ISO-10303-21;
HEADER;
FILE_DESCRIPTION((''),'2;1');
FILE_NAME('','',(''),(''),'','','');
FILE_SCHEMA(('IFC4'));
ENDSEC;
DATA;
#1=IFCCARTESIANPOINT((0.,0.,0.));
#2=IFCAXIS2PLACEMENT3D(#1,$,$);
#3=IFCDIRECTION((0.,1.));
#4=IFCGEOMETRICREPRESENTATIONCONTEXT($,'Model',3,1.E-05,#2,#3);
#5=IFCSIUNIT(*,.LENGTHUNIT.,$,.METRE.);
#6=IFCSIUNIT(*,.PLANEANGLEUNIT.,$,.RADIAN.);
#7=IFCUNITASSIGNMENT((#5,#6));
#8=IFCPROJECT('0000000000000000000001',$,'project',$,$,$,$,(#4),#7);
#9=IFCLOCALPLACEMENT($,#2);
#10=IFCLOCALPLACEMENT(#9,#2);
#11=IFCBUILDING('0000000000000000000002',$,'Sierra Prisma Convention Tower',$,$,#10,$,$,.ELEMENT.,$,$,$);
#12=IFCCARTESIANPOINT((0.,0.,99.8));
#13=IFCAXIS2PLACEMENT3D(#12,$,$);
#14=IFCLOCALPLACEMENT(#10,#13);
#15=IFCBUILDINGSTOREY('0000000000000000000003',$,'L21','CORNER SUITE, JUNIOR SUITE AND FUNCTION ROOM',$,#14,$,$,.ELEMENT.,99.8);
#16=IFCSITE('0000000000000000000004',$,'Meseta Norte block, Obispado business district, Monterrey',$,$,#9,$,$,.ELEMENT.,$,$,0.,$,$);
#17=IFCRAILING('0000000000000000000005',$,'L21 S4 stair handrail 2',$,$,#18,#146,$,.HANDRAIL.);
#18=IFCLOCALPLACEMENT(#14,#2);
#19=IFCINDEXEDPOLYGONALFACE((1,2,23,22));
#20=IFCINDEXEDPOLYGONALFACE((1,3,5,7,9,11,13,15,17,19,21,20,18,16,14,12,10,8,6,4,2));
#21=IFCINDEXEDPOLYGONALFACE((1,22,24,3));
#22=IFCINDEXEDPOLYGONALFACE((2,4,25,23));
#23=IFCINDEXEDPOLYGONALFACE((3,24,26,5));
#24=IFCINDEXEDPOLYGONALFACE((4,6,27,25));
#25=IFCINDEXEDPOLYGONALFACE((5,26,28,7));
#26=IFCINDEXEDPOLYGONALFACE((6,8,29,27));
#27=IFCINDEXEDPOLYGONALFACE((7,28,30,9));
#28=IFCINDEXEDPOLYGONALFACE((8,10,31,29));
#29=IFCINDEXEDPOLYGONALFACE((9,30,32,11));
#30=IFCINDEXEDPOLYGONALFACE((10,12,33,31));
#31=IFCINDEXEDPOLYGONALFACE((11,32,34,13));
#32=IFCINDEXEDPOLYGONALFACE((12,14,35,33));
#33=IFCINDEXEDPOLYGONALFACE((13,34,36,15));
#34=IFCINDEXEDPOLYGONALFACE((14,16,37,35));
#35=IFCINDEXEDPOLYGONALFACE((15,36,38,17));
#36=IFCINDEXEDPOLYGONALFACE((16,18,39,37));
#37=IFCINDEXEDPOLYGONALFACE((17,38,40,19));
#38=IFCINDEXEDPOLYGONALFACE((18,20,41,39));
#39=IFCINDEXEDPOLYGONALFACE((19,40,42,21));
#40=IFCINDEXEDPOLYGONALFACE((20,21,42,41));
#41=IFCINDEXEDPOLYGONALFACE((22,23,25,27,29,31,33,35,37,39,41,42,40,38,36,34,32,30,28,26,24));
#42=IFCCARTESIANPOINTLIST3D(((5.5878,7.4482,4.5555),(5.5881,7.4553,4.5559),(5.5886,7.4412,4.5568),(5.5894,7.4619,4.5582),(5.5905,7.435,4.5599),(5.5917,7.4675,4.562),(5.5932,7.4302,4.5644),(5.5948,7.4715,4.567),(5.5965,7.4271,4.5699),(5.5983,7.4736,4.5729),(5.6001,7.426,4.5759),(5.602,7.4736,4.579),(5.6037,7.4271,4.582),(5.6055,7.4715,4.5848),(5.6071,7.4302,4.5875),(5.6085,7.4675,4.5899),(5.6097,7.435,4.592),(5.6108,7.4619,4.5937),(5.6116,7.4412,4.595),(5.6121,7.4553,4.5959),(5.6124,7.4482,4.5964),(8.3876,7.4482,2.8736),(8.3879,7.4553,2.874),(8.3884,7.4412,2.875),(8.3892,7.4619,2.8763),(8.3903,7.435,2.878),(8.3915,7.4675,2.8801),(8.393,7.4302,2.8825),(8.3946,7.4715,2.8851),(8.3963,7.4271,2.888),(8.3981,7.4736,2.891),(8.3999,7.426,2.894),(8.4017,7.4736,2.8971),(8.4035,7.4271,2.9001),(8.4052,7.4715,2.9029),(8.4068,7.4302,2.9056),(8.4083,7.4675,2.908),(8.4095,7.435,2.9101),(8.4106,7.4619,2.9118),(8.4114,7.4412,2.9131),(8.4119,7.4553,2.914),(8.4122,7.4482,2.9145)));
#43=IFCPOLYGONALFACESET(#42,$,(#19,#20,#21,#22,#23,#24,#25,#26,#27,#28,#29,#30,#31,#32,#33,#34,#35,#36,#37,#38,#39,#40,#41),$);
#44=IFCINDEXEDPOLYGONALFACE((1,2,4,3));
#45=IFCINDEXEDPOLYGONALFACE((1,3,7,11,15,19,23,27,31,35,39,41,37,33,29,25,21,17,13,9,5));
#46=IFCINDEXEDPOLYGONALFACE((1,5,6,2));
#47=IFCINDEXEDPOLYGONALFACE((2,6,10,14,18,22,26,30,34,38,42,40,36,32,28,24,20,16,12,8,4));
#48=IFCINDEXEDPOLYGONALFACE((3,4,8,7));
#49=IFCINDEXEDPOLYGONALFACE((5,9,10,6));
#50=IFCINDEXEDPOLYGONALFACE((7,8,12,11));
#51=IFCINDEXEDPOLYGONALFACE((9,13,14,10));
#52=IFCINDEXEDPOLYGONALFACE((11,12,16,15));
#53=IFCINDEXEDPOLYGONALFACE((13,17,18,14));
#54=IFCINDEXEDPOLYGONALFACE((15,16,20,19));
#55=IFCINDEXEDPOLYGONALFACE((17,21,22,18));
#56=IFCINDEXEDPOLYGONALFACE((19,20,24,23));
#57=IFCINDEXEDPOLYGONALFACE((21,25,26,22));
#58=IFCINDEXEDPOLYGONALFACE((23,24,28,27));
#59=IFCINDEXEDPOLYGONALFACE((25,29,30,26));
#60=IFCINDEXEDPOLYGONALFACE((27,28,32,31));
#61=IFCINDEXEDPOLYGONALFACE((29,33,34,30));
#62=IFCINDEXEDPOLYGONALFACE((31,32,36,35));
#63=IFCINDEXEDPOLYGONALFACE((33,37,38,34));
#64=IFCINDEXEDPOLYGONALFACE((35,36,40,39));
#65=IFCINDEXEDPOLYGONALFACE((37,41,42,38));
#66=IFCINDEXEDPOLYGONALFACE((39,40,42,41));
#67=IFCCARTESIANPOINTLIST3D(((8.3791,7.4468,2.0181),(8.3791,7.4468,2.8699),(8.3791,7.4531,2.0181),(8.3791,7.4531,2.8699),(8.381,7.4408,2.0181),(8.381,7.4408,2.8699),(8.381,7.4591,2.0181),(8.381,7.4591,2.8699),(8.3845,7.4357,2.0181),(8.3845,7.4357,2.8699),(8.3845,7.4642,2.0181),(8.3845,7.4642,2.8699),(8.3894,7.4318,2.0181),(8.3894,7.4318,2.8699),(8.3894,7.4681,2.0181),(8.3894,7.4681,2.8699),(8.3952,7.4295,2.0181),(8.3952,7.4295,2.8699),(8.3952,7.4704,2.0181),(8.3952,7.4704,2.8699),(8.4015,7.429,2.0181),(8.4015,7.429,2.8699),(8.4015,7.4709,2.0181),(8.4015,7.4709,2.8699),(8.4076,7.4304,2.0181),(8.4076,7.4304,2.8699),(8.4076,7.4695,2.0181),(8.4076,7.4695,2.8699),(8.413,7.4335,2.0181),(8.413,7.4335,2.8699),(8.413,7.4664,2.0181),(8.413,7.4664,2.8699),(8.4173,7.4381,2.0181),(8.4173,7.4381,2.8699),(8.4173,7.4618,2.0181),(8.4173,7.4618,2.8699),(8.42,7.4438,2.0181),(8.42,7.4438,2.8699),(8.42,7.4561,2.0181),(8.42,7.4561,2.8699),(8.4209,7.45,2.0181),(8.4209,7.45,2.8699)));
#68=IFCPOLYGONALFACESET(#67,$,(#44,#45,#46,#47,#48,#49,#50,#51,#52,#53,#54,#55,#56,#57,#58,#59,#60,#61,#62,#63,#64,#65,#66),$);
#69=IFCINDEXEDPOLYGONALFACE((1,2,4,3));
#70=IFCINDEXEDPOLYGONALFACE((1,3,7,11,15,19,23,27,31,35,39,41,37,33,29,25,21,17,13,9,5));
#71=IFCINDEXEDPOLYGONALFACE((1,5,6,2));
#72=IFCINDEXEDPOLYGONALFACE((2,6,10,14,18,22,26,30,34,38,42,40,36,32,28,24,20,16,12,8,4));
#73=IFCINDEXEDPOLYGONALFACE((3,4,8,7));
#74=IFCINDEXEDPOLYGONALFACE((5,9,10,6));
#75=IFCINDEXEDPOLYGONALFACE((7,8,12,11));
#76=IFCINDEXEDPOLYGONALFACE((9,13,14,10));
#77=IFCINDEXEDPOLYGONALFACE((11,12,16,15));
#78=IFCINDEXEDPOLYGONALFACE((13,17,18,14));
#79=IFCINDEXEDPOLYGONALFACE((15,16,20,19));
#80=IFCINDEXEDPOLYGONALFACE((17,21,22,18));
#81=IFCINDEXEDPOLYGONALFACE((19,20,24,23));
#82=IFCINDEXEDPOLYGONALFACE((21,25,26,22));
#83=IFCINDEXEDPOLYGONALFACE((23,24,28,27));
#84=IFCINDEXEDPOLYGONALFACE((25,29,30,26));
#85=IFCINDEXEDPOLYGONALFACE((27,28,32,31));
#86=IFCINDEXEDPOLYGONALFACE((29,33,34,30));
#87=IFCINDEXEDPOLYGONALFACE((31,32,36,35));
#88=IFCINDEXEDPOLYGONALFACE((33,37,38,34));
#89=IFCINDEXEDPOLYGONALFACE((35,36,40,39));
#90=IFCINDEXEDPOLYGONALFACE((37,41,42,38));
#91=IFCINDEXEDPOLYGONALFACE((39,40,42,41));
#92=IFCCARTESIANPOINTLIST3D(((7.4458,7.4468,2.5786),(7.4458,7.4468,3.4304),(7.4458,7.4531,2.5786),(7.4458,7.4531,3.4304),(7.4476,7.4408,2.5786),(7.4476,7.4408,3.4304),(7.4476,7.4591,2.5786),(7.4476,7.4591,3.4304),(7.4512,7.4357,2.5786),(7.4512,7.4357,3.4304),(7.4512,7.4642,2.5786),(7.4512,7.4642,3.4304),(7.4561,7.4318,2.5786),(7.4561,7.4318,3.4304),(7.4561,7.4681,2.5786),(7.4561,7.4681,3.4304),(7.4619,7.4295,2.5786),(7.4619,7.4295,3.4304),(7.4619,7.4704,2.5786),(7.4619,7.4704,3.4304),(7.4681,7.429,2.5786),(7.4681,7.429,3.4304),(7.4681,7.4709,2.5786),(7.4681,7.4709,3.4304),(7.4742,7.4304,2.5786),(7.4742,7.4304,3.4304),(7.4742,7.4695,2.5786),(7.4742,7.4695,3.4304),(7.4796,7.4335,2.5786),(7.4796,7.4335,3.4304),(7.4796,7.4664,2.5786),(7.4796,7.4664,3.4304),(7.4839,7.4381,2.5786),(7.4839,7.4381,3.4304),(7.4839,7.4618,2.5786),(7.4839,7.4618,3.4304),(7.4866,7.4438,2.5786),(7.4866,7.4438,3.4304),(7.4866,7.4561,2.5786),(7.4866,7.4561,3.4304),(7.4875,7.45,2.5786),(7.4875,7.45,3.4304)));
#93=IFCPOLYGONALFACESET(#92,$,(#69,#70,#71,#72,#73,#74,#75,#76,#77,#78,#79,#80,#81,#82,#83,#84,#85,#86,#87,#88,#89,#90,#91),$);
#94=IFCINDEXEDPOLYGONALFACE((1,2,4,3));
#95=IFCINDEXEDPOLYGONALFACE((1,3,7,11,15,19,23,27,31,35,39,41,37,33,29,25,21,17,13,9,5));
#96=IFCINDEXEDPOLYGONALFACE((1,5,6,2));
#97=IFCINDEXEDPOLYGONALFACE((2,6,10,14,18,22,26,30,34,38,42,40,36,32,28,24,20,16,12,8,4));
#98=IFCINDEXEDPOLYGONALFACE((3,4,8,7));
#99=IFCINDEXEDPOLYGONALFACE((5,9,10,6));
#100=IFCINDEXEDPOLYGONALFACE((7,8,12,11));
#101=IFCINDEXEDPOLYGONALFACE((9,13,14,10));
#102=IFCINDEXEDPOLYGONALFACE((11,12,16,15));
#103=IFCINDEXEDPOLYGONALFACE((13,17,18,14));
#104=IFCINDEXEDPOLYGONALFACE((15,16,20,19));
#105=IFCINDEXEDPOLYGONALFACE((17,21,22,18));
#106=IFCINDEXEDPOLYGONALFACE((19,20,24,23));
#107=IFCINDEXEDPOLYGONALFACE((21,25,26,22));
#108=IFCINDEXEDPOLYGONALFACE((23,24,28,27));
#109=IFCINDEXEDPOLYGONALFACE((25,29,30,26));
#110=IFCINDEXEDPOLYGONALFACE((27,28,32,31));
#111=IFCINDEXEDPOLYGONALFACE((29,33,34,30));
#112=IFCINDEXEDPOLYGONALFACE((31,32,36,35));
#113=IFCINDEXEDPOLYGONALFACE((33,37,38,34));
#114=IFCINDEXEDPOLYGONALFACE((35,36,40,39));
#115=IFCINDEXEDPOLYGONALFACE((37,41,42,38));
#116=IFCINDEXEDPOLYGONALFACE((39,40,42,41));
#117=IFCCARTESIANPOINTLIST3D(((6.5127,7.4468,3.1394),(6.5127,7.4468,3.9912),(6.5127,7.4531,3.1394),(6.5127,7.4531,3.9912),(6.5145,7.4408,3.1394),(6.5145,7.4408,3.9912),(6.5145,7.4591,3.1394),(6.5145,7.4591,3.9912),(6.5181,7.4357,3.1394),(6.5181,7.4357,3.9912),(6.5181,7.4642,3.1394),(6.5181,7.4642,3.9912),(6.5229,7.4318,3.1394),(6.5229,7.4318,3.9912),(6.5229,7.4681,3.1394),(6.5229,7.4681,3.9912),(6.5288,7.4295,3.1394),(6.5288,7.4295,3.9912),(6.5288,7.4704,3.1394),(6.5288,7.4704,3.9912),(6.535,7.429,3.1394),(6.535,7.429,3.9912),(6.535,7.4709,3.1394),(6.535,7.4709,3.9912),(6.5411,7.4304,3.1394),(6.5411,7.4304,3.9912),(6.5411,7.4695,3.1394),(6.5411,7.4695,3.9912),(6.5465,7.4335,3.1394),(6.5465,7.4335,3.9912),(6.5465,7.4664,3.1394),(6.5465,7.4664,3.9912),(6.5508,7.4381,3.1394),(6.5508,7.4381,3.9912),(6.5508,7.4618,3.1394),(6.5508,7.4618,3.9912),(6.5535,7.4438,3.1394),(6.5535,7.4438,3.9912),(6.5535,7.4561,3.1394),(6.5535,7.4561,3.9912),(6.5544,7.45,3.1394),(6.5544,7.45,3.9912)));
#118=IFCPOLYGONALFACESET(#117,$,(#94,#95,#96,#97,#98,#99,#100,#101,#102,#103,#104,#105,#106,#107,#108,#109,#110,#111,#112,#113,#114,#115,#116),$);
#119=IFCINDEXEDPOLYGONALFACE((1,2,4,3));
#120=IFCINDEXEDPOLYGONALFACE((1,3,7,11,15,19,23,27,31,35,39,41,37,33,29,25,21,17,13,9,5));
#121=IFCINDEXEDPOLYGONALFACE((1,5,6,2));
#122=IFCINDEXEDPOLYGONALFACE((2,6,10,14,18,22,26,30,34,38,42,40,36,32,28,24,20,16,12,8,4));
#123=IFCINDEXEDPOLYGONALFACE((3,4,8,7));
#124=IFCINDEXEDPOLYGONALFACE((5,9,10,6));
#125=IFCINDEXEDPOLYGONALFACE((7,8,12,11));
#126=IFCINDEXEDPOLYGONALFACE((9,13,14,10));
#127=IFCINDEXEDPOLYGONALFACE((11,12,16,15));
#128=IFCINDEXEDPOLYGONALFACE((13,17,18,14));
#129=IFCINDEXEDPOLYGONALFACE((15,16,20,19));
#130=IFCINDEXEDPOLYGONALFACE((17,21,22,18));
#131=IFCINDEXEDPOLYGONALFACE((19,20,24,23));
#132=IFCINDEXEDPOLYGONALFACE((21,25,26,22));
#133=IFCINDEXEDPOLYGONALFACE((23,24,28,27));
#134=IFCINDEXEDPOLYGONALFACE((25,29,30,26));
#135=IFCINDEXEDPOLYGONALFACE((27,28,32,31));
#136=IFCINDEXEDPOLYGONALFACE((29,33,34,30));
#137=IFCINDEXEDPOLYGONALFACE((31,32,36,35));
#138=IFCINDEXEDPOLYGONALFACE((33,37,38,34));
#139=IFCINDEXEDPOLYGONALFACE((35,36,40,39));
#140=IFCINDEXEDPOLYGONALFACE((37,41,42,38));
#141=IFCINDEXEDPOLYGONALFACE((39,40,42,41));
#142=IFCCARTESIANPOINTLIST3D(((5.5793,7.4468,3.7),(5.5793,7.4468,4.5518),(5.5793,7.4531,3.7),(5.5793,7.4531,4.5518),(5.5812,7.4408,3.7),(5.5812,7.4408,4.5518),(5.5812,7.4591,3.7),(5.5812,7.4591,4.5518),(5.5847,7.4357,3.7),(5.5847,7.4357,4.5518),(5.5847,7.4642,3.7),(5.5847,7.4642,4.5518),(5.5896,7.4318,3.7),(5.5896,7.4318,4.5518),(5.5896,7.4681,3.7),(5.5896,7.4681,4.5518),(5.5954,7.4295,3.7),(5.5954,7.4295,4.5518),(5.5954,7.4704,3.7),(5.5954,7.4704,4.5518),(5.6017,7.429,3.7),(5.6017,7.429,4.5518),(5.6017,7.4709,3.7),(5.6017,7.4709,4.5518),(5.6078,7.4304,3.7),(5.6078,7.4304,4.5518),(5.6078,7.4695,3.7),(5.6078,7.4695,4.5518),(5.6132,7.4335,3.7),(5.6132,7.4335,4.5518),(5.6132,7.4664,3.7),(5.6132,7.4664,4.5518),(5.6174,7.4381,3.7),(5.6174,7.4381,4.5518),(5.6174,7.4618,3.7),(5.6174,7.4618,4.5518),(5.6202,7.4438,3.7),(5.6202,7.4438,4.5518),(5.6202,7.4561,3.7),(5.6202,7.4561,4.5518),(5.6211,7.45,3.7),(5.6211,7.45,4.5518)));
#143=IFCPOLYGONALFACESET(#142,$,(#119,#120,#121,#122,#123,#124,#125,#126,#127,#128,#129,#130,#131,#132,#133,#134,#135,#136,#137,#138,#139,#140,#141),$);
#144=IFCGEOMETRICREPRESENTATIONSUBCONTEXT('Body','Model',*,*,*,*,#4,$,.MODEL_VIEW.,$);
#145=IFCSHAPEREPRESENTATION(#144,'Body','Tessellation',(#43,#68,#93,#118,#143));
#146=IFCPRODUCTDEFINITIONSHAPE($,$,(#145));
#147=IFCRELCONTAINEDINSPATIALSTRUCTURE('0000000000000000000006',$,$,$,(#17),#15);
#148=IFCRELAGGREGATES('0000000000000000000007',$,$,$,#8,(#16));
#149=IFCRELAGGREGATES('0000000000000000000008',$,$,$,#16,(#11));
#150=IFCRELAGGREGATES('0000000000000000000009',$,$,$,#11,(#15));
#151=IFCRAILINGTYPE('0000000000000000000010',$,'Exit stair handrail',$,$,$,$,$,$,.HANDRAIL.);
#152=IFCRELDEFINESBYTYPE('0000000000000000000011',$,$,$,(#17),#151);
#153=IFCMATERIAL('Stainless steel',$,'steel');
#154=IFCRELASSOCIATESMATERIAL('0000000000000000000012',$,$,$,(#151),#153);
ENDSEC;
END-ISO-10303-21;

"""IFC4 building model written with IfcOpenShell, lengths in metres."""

from ifc_helpers import new_model, si_unit, direction, frame, origin, origin_2d, place, context, subcontext, project, spatial, circle, extrude, material, type_object, element, save


model = new_model("IFC4")

# Units and contexts
model_context = context("Model", 3, precision=1e-05, world=origin(), true_north=direction((0.0, 1.0)))
body_context = subcontext(model_context, "Body", "Model", "MODEL_VIEW")
ifc_project = project(units=[si_unit("LENGTHUNIT", "METRE"), si_unit("PLANEANGLEUNIT", "RADIAN")], contexts=[model_context])

# Site, building, storey
site_placement = place(None, origin())
site = spatial("IfcSite", under=ifc_project, at=site_placement, Name="Meseta Norte block, Obispado business district, Monterrey", CompositionType="ELEMENT", RefElevation=0.0)
building_placement = place(site_placement, origin())
building = spatial("IfcBuilding", under=site, at=building_placement, Name="Sierra Prisma Convention Tower", CompositionType="ELEMENT")
storey_placement = place(building_placement, frame((0.0, 0.0, 99.8)))
storey = spatial("IfcBuildingStorey", under=building, at=storey_placement, Name="L21", Description="CORNER SUITE, JUNIOR SUITE AND FUNCTION ROOM", CompositionType="ELEMENT", Elevation=99.8)

# Railing
ifc_material_1 = material(Name="Stainless steel", Category="steel")
railing_type = type_object("IfcRailingType", Name="Exit stair handrail", PredefinedType="HANDRAIL", material=ifc_material_1)
railing_placement = place(storey_placement, frame((8.3999, 7.45, 2.0181)))
element("IfcRailing", 1, at=railing_placement, inside=storey, type_object=railing_type, Name="L21 S4 stair handrail 2", PredefinedType="HANDRAIL", context=body_context, shape_type="SweptSolid", body=[
    extrude(circle(Radius=0.0239, at=origin_2d()), frame((0.0, 0.0, 0.876), z_axis=(-0.857222, 0.0, 0.514946), x_axis=(0.0, -1.0, 0.0)), (0.0, 0.0, 1.0), 3.2661),
    extrude(circle(Radius=0.021, at=origin_2d()), origin(), (0.0, 0.0, 1.0), 0.8518),
    extrude(circle(Radius=0.021, at=origin_2d()), frame((-0.9333, 0.0, 0.5605)), (0.0, 0.0, 1.0), 0.8518),
    extrude(circle(Radius=0.021, at=origin_2d()), frame((-1.8665, 0.0, 1.1213)), (0.0, 0.0, 1.0), 0.8518),
    extrude(circle(Radius=0.021, at=origin_2d()), frame((-2.7998, 0.0, 1.6819)), (0.0, 0.0, 1.0), 0.8518),
])

save(model, "model.ifc")
